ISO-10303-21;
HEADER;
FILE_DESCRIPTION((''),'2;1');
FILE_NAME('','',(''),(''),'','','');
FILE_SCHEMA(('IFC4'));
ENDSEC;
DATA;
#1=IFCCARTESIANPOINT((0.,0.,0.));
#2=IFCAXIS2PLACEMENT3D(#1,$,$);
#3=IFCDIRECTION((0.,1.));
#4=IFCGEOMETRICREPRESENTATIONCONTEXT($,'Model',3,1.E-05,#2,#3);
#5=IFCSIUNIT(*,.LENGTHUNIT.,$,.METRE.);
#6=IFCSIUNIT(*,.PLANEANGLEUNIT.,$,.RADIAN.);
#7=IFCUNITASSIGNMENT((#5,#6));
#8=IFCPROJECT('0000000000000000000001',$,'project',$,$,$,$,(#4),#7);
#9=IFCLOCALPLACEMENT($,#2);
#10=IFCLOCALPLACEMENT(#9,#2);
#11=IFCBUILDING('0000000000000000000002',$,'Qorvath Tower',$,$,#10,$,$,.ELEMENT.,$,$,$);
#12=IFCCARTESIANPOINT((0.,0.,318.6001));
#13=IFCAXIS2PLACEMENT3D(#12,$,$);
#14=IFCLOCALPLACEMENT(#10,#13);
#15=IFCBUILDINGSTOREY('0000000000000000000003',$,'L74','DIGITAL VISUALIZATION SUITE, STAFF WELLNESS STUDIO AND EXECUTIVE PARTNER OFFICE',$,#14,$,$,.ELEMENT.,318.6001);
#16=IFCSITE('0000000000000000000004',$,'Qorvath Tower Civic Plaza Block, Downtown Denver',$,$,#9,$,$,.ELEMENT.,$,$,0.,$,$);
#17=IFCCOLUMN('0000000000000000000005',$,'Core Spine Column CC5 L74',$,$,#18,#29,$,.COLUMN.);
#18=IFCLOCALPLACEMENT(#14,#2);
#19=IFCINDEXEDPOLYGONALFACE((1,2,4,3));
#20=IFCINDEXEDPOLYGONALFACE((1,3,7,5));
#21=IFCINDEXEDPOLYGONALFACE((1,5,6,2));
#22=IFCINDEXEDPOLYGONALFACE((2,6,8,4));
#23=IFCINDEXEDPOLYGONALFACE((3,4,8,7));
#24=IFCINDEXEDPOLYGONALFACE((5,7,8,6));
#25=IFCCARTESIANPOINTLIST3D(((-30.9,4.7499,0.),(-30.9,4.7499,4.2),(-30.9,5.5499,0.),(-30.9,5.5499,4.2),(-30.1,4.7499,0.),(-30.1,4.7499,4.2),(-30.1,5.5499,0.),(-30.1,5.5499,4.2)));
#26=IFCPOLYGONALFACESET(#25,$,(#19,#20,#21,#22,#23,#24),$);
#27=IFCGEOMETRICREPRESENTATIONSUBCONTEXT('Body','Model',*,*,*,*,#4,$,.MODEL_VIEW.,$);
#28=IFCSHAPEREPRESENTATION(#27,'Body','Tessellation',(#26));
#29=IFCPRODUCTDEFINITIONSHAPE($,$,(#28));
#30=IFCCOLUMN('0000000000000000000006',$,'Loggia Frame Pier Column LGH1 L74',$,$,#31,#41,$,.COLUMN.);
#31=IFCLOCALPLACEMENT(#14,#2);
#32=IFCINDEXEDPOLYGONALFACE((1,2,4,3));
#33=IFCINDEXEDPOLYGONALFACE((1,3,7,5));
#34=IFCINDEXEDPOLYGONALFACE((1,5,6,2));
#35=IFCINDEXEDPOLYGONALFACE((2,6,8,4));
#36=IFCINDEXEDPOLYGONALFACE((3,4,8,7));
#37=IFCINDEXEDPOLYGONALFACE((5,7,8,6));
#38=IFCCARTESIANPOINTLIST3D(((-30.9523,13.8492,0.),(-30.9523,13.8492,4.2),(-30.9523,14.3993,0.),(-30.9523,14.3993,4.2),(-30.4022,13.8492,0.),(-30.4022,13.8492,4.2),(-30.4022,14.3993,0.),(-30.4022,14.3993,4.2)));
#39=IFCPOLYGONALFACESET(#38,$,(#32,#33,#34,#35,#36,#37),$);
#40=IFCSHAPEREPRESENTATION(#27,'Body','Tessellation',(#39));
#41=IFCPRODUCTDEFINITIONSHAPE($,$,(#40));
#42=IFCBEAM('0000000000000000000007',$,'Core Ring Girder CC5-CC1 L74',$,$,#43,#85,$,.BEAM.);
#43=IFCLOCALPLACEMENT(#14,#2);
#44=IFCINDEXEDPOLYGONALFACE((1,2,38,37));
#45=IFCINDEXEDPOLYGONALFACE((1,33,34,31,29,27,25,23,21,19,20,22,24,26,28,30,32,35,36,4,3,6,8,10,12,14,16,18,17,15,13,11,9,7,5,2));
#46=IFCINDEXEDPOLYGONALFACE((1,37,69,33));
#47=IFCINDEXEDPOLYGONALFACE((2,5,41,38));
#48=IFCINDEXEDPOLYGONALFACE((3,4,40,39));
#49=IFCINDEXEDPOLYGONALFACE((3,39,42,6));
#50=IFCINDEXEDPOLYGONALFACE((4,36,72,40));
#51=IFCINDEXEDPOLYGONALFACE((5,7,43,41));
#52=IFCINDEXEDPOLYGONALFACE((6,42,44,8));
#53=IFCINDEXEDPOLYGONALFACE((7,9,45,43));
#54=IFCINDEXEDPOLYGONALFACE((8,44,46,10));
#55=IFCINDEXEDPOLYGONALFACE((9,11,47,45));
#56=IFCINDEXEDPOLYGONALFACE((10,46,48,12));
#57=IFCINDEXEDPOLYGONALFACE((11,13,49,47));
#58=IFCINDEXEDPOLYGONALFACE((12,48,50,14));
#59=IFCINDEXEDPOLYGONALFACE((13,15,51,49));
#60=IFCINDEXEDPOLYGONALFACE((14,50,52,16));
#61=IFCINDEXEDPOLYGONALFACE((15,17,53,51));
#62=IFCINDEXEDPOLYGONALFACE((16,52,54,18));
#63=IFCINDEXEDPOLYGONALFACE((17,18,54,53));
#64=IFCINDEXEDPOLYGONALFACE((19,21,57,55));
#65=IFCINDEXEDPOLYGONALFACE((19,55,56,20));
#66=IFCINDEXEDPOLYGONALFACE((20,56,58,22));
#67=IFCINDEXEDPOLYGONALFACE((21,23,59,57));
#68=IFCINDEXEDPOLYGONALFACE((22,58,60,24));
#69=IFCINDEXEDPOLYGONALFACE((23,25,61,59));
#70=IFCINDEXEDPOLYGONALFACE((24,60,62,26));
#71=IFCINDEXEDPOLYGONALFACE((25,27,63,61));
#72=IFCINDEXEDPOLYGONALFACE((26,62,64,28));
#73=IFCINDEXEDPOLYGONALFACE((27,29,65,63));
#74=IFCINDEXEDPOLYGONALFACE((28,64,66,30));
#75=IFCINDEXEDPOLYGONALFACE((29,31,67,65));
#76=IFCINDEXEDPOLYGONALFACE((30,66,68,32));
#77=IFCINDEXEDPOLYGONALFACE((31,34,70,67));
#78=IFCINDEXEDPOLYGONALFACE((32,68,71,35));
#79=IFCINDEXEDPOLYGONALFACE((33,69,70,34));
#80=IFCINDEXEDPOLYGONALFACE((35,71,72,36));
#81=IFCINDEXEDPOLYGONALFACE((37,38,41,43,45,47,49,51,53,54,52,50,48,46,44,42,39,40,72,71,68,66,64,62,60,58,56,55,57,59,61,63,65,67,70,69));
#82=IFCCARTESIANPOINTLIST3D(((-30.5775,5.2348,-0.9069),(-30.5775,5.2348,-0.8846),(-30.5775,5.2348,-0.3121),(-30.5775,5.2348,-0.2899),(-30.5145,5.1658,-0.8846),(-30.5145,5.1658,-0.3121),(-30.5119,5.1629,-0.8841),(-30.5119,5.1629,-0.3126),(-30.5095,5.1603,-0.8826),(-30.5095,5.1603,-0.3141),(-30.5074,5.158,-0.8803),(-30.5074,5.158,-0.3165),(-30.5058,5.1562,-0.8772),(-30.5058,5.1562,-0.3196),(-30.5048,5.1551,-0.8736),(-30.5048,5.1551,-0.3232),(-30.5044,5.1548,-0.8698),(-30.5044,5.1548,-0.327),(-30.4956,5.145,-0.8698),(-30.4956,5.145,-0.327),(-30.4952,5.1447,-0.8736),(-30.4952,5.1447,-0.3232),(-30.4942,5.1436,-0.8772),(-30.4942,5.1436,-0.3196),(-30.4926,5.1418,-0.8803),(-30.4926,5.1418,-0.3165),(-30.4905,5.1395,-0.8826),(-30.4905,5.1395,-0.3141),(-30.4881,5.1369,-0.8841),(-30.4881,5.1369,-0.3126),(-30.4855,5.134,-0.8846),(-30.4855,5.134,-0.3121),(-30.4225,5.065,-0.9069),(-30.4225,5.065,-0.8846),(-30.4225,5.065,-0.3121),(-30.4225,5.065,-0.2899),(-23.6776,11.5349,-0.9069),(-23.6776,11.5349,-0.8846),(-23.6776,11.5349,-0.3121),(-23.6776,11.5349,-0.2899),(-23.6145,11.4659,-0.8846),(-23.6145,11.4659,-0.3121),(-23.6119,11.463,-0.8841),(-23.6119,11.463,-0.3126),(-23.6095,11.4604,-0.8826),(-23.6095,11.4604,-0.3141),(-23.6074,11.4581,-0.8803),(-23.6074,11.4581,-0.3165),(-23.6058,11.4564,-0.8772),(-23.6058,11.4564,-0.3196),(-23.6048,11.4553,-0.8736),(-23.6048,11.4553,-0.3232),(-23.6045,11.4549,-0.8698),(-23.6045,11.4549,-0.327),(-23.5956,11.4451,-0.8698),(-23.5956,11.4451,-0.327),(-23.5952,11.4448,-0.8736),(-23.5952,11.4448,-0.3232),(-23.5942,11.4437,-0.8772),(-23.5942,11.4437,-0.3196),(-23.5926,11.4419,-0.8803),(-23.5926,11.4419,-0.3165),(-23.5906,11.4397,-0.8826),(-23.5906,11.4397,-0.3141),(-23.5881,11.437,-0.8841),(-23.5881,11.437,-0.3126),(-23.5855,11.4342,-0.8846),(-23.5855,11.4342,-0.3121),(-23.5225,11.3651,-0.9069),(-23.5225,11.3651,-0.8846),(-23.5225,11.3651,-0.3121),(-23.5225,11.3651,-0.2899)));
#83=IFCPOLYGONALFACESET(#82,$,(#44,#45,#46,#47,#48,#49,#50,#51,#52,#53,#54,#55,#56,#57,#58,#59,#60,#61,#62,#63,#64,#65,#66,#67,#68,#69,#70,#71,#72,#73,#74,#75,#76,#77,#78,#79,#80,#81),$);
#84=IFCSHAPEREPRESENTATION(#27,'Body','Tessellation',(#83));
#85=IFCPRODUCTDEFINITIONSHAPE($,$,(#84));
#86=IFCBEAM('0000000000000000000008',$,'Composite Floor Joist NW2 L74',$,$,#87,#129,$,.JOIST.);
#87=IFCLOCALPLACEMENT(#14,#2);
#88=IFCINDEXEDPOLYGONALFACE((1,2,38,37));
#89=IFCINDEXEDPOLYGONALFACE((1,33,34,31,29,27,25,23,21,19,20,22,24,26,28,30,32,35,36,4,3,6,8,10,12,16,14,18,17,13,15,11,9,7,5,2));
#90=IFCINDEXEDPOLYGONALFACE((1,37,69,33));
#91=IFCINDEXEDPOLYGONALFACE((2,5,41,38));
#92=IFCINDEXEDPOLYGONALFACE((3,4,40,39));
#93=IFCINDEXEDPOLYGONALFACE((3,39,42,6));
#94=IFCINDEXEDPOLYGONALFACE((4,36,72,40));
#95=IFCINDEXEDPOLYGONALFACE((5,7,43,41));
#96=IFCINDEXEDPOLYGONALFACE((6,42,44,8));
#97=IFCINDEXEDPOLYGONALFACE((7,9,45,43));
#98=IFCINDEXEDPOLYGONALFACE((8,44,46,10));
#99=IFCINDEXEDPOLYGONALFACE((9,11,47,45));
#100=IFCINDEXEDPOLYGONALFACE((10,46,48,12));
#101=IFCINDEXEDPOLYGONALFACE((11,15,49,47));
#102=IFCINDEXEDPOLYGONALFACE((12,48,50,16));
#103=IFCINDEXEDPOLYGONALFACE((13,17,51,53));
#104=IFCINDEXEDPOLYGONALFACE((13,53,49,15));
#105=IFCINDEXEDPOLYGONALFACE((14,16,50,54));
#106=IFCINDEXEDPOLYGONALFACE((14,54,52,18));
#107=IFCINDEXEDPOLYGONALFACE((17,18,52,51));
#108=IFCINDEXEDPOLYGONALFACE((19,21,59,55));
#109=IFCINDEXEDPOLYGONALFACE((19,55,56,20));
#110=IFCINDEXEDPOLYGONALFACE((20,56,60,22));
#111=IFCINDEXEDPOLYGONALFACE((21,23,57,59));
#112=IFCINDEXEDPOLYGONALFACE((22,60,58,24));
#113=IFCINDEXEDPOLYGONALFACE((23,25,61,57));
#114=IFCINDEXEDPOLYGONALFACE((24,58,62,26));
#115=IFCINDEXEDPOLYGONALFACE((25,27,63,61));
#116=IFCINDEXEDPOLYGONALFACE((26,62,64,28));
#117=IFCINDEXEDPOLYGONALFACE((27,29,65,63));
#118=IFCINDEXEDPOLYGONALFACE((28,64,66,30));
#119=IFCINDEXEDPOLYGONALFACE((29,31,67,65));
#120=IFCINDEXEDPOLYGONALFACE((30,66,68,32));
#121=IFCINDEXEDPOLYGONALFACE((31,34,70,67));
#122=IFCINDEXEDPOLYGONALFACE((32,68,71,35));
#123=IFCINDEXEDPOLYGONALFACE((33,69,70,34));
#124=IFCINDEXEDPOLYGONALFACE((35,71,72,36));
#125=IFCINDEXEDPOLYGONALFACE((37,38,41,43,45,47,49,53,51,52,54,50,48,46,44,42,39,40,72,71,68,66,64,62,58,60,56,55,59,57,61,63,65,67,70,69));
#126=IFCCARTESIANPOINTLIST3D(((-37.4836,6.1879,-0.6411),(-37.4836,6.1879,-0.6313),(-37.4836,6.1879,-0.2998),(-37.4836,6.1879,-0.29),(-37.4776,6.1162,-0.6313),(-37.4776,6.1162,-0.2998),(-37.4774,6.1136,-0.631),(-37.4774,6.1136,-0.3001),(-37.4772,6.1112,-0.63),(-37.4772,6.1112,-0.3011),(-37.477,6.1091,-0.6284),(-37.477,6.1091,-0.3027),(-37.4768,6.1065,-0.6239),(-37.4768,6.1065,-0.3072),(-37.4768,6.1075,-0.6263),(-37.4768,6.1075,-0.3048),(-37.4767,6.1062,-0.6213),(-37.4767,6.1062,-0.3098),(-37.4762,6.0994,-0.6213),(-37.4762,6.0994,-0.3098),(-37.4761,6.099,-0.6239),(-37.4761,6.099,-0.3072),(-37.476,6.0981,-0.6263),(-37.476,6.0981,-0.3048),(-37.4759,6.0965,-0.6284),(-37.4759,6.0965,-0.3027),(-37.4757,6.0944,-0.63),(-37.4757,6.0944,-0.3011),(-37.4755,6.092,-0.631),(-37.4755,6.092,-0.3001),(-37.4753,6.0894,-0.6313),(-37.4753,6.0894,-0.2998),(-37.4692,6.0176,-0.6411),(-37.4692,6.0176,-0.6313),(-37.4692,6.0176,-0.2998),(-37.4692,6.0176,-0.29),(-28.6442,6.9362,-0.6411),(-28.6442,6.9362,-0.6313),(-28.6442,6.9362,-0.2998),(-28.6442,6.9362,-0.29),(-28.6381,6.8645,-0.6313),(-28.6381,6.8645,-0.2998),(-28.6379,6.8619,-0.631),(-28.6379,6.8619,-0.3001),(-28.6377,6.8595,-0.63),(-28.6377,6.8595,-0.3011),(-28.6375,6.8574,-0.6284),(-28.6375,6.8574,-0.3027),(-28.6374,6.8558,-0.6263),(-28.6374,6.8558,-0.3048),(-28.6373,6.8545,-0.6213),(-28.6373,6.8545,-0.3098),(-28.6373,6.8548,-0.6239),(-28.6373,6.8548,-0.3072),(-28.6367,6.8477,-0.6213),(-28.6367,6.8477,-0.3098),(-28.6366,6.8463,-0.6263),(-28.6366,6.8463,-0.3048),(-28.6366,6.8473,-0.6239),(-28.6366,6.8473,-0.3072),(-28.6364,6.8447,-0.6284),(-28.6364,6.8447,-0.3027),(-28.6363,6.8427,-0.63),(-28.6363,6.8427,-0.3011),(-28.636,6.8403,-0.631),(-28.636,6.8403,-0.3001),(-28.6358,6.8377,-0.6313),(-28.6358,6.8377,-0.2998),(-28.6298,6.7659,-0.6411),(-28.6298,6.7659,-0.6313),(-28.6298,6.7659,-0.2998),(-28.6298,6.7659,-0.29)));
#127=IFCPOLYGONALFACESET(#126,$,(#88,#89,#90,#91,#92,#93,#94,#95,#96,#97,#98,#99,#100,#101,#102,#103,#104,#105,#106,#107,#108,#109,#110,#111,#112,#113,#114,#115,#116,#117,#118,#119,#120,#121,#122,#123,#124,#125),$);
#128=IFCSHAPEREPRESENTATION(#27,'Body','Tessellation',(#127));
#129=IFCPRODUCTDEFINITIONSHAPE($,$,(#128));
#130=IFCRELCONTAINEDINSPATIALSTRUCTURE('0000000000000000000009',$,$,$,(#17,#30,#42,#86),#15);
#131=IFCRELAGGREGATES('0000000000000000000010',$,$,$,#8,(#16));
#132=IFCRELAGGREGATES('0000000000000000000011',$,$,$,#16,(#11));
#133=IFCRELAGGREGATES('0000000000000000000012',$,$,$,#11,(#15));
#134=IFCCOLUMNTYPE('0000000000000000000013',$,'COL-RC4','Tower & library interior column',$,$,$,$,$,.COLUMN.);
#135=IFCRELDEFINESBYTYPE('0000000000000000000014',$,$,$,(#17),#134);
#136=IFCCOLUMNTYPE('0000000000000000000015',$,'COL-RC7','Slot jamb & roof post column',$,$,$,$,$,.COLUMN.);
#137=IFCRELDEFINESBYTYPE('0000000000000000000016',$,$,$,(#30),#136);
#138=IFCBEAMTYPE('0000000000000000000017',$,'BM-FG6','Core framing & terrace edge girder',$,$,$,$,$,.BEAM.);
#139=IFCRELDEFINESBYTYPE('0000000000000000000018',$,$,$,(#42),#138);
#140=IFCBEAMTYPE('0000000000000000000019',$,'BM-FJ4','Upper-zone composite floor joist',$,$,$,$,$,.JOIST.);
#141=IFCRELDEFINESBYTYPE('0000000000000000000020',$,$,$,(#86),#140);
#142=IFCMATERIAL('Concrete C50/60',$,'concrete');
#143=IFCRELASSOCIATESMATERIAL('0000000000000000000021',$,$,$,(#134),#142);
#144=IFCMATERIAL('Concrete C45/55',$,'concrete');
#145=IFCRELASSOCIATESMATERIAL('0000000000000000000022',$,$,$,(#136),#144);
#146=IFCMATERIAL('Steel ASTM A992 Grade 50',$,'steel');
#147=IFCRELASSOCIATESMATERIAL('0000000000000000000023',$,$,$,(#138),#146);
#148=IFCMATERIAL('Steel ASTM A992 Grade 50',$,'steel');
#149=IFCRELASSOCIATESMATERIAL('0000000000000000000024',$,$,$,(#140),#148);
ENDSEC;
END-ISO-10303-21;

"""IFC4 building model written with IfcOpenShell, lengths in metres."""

from ifc_helpers import new_model, si_unit, direction, frame, origin, origin_2d, place, context, subcontext, project, spatial, rectangle, i_section, extrude, material, material_profile, profile_set, type_object, element, save


model = new_model("IFC4")

# Units and contexts
model_context = context("Model", 3, precision=1e-05, world=origin(), true_north=direction((0.0, 1.0)))
body_context = subcontext(model_context, "Body", "Model", "MODEL_VIEW")
ifc_project = project(units=[si_unit("LENGTHUNIT", "METRE"), si_unit("PLANEANGLEUNIT", "RADIAN")], contexts=[model_context])

# Site, building, storey
site_placement = place(None, origin())
site = spatial("IfcSite", under=ifc_project, at=site_placement, Name="Qorvath Tower Civic Plaza Block, Downtown Denver", CompositionType="ELEMENT", RefElevation=0.0)
building_placement = place(site_placement, origin())
building = spatial("IfcBuilding", under=site, at=building_placement, Name="Qorvath Tower", CompositionType="ELEMENT")
storey_placement = place(building_placement, frame((0.0, 0.0, 318.6001)))
storey = spatial("IfcBuildingStorey", under=building, at=storey_placement, Name="L74", Description="DIGITAL VISUALIZATION SUITE, STAFF WELLNESS STUDIO AND EXECUTIVE PARTNER OFFICE", CompositionType="ELEMENT", Elevation=318.6001)

# Columns
ifc_material_1 = material(Name="Concrete C50/60", Category="concrete")
ifc_material_profile_1 = material_profile(ifc_material_1, rectangle(XDim=0.8, YDim=0.8, at=origin_2d()), Name="RC 800x800")
ifc_profile_set_1 = profile_set([ifc_material_profile_1], Name="Concrete C50/60")
column_type_1 = type_object("IfcColumnType", Name="COL-RC4", Description="Tower & library interior column", PredefinedType="COLUMN", material=ifc_profile_set_1)
column_1_placement = place(storey_placement, frame((-30.5, 5.1499, 0.0), z_axis=(0.0, 0.0, 1.0), x_axis=(1.0, 0.0, 0.0)))
element("IfcColumn", 1, at=column_1_placement, inside=storey, type_object=column_type_1, Name="Core Spine Column CC5 L74", PredefinedType="COLUMN", context=body_context, shape_type="SweptSolid", body=[
    extrude(rectangle(XDim=0.8, YDim=0.8, at=origin_2d()), origin(), (0.0, 0.0, 1.0), 4.2),
])
ifc_material_2 = material(Name="Concrete C45/55", Category="concrete")
ifc_material_profile_2 = material_profile(ifc_material_2, rectangle(XDim=0.55, YDim=0.55, at=origin_2d()), Name="RC 550x550")
ifc_profile_set_2 = profile_set([ifc_material_profile_2], Name="Concrete C45/55")
column_type_2 = type_object("IfcColumnType", Name="COL-RC7", Description="Slot jamb & roof post column", PredefinedType="COLUMN", material=ifc_profile_set_2)
column_2_placement = place(storey_placement, frame((-30.6772, 14.1243, 0.0), z_axis=(0.0, 0.0, 1.0), x_axis=(1.0, 0.0, 0.0)))
element("IfcColumn", 2, at=column_2_placement, inside=storey, type_object=column_type_2, Name="Loggia Frame Pier Column LGH1 L74", PredefinedType="COLUMN", context=body_context, shape_type="SweptSolid", body=[
    extrude(rectangle(XDim=0.55, YDim=0.55, at=origin_2d()), origin(), (0.0, 0.0, 1.0), 4.2),
])

# Beams
ifc_material_3 = material(Name="Steel ASTM A992 Grade 50", Category="steel")
ifc_material_profile_3 = material_profile(ifc_material_3, i_section(OverallWidth=0.23, OverallDepth=0.6169, WebThickness=0.0132, FlangeThickness=0.0222, FilletRadius=0.0149, at=origin_2d()), Name="W24x94")
ifc_profile_set_3 = profile_set([ifc_material_profile_3], Name="Steel ASTM A992 Grade 50")
beam_type_1 = type_object("IfcBeamType", Name="BM-FG6", Description="Core framing & terrace edge girder", PredefinedType="BEAM", material=ifc_profile_set_3)
beam_1_placement = place(storey_placement, frame((-30.5, 5.1499, -0.5984), z_axis=(0.738478, 0.674277, 0.0), x_axis=(-0.674277, 0.738478, 0.0)))
element("IfcBeam", 3, at=beam_1_placement, inside=storey, type_object=beam_type_1, Name="Core Ring Girder CC5-CC1 L74", PredefinedType="BEAM", context=body_context, shape_type="SweptSolid", body=[
    extrude(i_section(OverallWidth=0.23, OverallDepth=0.6169, WebThickness=0.0132, FlangeThickness=0.0222, FilletRadius=0.0149, at=origin_2d()), origin(), (0.0, 0.0, 1.0), 9.3435),
])
ifc_material_4 = material(Name="Steel ASTM A992 Grade 50", Category="steel")
ifc_material_profile_4 = material_profile(ifc_material_4, i_section(OverallWidth=0.1709, OverallDepth=0.3511, WebThickness=0.0068, FlangeThickness=0.0098, FilletRadius=0.01, at=origin_2d()), Name="W14x30")
ifc_profile_set_4 = profile_set([ifc_material_profile_4], Name="Steel ASTM A992 Grade 50")
beam_type_2 = type_object("IfcBeamType", Name="BM-FJ4", Description="Upper-zone composite floor joist", PredefinedType="JOIST", material=ifc_profile_set_4)
beam_2_placement = place(storey_placement, frame((-28.637, 6.8511, -0.4656), z_axis=(-0.996436, -0.08435, 0.0), x_axis=(0.08435, -0.996436, 0.0)))
element("IfcBeam", 4, at=beam_2_placement, inside=storey, type_object=beam_type_2, Name="Composite Floor Joist NW2 L74", PredefinedType="JOIST", context=body_context, shape_type="SweptSolid", body=[
    extrude(i_section(OverallWidth=0.1709, OverallDepth=0.3511, WebThickness=0.0068, FlangeThickness=0.0098, FilletRadius=0.01, at=origin_2d()), origin(), (0.0, 0.0, 1.0), 8.8711),
])

save(model, "model.ifc")
